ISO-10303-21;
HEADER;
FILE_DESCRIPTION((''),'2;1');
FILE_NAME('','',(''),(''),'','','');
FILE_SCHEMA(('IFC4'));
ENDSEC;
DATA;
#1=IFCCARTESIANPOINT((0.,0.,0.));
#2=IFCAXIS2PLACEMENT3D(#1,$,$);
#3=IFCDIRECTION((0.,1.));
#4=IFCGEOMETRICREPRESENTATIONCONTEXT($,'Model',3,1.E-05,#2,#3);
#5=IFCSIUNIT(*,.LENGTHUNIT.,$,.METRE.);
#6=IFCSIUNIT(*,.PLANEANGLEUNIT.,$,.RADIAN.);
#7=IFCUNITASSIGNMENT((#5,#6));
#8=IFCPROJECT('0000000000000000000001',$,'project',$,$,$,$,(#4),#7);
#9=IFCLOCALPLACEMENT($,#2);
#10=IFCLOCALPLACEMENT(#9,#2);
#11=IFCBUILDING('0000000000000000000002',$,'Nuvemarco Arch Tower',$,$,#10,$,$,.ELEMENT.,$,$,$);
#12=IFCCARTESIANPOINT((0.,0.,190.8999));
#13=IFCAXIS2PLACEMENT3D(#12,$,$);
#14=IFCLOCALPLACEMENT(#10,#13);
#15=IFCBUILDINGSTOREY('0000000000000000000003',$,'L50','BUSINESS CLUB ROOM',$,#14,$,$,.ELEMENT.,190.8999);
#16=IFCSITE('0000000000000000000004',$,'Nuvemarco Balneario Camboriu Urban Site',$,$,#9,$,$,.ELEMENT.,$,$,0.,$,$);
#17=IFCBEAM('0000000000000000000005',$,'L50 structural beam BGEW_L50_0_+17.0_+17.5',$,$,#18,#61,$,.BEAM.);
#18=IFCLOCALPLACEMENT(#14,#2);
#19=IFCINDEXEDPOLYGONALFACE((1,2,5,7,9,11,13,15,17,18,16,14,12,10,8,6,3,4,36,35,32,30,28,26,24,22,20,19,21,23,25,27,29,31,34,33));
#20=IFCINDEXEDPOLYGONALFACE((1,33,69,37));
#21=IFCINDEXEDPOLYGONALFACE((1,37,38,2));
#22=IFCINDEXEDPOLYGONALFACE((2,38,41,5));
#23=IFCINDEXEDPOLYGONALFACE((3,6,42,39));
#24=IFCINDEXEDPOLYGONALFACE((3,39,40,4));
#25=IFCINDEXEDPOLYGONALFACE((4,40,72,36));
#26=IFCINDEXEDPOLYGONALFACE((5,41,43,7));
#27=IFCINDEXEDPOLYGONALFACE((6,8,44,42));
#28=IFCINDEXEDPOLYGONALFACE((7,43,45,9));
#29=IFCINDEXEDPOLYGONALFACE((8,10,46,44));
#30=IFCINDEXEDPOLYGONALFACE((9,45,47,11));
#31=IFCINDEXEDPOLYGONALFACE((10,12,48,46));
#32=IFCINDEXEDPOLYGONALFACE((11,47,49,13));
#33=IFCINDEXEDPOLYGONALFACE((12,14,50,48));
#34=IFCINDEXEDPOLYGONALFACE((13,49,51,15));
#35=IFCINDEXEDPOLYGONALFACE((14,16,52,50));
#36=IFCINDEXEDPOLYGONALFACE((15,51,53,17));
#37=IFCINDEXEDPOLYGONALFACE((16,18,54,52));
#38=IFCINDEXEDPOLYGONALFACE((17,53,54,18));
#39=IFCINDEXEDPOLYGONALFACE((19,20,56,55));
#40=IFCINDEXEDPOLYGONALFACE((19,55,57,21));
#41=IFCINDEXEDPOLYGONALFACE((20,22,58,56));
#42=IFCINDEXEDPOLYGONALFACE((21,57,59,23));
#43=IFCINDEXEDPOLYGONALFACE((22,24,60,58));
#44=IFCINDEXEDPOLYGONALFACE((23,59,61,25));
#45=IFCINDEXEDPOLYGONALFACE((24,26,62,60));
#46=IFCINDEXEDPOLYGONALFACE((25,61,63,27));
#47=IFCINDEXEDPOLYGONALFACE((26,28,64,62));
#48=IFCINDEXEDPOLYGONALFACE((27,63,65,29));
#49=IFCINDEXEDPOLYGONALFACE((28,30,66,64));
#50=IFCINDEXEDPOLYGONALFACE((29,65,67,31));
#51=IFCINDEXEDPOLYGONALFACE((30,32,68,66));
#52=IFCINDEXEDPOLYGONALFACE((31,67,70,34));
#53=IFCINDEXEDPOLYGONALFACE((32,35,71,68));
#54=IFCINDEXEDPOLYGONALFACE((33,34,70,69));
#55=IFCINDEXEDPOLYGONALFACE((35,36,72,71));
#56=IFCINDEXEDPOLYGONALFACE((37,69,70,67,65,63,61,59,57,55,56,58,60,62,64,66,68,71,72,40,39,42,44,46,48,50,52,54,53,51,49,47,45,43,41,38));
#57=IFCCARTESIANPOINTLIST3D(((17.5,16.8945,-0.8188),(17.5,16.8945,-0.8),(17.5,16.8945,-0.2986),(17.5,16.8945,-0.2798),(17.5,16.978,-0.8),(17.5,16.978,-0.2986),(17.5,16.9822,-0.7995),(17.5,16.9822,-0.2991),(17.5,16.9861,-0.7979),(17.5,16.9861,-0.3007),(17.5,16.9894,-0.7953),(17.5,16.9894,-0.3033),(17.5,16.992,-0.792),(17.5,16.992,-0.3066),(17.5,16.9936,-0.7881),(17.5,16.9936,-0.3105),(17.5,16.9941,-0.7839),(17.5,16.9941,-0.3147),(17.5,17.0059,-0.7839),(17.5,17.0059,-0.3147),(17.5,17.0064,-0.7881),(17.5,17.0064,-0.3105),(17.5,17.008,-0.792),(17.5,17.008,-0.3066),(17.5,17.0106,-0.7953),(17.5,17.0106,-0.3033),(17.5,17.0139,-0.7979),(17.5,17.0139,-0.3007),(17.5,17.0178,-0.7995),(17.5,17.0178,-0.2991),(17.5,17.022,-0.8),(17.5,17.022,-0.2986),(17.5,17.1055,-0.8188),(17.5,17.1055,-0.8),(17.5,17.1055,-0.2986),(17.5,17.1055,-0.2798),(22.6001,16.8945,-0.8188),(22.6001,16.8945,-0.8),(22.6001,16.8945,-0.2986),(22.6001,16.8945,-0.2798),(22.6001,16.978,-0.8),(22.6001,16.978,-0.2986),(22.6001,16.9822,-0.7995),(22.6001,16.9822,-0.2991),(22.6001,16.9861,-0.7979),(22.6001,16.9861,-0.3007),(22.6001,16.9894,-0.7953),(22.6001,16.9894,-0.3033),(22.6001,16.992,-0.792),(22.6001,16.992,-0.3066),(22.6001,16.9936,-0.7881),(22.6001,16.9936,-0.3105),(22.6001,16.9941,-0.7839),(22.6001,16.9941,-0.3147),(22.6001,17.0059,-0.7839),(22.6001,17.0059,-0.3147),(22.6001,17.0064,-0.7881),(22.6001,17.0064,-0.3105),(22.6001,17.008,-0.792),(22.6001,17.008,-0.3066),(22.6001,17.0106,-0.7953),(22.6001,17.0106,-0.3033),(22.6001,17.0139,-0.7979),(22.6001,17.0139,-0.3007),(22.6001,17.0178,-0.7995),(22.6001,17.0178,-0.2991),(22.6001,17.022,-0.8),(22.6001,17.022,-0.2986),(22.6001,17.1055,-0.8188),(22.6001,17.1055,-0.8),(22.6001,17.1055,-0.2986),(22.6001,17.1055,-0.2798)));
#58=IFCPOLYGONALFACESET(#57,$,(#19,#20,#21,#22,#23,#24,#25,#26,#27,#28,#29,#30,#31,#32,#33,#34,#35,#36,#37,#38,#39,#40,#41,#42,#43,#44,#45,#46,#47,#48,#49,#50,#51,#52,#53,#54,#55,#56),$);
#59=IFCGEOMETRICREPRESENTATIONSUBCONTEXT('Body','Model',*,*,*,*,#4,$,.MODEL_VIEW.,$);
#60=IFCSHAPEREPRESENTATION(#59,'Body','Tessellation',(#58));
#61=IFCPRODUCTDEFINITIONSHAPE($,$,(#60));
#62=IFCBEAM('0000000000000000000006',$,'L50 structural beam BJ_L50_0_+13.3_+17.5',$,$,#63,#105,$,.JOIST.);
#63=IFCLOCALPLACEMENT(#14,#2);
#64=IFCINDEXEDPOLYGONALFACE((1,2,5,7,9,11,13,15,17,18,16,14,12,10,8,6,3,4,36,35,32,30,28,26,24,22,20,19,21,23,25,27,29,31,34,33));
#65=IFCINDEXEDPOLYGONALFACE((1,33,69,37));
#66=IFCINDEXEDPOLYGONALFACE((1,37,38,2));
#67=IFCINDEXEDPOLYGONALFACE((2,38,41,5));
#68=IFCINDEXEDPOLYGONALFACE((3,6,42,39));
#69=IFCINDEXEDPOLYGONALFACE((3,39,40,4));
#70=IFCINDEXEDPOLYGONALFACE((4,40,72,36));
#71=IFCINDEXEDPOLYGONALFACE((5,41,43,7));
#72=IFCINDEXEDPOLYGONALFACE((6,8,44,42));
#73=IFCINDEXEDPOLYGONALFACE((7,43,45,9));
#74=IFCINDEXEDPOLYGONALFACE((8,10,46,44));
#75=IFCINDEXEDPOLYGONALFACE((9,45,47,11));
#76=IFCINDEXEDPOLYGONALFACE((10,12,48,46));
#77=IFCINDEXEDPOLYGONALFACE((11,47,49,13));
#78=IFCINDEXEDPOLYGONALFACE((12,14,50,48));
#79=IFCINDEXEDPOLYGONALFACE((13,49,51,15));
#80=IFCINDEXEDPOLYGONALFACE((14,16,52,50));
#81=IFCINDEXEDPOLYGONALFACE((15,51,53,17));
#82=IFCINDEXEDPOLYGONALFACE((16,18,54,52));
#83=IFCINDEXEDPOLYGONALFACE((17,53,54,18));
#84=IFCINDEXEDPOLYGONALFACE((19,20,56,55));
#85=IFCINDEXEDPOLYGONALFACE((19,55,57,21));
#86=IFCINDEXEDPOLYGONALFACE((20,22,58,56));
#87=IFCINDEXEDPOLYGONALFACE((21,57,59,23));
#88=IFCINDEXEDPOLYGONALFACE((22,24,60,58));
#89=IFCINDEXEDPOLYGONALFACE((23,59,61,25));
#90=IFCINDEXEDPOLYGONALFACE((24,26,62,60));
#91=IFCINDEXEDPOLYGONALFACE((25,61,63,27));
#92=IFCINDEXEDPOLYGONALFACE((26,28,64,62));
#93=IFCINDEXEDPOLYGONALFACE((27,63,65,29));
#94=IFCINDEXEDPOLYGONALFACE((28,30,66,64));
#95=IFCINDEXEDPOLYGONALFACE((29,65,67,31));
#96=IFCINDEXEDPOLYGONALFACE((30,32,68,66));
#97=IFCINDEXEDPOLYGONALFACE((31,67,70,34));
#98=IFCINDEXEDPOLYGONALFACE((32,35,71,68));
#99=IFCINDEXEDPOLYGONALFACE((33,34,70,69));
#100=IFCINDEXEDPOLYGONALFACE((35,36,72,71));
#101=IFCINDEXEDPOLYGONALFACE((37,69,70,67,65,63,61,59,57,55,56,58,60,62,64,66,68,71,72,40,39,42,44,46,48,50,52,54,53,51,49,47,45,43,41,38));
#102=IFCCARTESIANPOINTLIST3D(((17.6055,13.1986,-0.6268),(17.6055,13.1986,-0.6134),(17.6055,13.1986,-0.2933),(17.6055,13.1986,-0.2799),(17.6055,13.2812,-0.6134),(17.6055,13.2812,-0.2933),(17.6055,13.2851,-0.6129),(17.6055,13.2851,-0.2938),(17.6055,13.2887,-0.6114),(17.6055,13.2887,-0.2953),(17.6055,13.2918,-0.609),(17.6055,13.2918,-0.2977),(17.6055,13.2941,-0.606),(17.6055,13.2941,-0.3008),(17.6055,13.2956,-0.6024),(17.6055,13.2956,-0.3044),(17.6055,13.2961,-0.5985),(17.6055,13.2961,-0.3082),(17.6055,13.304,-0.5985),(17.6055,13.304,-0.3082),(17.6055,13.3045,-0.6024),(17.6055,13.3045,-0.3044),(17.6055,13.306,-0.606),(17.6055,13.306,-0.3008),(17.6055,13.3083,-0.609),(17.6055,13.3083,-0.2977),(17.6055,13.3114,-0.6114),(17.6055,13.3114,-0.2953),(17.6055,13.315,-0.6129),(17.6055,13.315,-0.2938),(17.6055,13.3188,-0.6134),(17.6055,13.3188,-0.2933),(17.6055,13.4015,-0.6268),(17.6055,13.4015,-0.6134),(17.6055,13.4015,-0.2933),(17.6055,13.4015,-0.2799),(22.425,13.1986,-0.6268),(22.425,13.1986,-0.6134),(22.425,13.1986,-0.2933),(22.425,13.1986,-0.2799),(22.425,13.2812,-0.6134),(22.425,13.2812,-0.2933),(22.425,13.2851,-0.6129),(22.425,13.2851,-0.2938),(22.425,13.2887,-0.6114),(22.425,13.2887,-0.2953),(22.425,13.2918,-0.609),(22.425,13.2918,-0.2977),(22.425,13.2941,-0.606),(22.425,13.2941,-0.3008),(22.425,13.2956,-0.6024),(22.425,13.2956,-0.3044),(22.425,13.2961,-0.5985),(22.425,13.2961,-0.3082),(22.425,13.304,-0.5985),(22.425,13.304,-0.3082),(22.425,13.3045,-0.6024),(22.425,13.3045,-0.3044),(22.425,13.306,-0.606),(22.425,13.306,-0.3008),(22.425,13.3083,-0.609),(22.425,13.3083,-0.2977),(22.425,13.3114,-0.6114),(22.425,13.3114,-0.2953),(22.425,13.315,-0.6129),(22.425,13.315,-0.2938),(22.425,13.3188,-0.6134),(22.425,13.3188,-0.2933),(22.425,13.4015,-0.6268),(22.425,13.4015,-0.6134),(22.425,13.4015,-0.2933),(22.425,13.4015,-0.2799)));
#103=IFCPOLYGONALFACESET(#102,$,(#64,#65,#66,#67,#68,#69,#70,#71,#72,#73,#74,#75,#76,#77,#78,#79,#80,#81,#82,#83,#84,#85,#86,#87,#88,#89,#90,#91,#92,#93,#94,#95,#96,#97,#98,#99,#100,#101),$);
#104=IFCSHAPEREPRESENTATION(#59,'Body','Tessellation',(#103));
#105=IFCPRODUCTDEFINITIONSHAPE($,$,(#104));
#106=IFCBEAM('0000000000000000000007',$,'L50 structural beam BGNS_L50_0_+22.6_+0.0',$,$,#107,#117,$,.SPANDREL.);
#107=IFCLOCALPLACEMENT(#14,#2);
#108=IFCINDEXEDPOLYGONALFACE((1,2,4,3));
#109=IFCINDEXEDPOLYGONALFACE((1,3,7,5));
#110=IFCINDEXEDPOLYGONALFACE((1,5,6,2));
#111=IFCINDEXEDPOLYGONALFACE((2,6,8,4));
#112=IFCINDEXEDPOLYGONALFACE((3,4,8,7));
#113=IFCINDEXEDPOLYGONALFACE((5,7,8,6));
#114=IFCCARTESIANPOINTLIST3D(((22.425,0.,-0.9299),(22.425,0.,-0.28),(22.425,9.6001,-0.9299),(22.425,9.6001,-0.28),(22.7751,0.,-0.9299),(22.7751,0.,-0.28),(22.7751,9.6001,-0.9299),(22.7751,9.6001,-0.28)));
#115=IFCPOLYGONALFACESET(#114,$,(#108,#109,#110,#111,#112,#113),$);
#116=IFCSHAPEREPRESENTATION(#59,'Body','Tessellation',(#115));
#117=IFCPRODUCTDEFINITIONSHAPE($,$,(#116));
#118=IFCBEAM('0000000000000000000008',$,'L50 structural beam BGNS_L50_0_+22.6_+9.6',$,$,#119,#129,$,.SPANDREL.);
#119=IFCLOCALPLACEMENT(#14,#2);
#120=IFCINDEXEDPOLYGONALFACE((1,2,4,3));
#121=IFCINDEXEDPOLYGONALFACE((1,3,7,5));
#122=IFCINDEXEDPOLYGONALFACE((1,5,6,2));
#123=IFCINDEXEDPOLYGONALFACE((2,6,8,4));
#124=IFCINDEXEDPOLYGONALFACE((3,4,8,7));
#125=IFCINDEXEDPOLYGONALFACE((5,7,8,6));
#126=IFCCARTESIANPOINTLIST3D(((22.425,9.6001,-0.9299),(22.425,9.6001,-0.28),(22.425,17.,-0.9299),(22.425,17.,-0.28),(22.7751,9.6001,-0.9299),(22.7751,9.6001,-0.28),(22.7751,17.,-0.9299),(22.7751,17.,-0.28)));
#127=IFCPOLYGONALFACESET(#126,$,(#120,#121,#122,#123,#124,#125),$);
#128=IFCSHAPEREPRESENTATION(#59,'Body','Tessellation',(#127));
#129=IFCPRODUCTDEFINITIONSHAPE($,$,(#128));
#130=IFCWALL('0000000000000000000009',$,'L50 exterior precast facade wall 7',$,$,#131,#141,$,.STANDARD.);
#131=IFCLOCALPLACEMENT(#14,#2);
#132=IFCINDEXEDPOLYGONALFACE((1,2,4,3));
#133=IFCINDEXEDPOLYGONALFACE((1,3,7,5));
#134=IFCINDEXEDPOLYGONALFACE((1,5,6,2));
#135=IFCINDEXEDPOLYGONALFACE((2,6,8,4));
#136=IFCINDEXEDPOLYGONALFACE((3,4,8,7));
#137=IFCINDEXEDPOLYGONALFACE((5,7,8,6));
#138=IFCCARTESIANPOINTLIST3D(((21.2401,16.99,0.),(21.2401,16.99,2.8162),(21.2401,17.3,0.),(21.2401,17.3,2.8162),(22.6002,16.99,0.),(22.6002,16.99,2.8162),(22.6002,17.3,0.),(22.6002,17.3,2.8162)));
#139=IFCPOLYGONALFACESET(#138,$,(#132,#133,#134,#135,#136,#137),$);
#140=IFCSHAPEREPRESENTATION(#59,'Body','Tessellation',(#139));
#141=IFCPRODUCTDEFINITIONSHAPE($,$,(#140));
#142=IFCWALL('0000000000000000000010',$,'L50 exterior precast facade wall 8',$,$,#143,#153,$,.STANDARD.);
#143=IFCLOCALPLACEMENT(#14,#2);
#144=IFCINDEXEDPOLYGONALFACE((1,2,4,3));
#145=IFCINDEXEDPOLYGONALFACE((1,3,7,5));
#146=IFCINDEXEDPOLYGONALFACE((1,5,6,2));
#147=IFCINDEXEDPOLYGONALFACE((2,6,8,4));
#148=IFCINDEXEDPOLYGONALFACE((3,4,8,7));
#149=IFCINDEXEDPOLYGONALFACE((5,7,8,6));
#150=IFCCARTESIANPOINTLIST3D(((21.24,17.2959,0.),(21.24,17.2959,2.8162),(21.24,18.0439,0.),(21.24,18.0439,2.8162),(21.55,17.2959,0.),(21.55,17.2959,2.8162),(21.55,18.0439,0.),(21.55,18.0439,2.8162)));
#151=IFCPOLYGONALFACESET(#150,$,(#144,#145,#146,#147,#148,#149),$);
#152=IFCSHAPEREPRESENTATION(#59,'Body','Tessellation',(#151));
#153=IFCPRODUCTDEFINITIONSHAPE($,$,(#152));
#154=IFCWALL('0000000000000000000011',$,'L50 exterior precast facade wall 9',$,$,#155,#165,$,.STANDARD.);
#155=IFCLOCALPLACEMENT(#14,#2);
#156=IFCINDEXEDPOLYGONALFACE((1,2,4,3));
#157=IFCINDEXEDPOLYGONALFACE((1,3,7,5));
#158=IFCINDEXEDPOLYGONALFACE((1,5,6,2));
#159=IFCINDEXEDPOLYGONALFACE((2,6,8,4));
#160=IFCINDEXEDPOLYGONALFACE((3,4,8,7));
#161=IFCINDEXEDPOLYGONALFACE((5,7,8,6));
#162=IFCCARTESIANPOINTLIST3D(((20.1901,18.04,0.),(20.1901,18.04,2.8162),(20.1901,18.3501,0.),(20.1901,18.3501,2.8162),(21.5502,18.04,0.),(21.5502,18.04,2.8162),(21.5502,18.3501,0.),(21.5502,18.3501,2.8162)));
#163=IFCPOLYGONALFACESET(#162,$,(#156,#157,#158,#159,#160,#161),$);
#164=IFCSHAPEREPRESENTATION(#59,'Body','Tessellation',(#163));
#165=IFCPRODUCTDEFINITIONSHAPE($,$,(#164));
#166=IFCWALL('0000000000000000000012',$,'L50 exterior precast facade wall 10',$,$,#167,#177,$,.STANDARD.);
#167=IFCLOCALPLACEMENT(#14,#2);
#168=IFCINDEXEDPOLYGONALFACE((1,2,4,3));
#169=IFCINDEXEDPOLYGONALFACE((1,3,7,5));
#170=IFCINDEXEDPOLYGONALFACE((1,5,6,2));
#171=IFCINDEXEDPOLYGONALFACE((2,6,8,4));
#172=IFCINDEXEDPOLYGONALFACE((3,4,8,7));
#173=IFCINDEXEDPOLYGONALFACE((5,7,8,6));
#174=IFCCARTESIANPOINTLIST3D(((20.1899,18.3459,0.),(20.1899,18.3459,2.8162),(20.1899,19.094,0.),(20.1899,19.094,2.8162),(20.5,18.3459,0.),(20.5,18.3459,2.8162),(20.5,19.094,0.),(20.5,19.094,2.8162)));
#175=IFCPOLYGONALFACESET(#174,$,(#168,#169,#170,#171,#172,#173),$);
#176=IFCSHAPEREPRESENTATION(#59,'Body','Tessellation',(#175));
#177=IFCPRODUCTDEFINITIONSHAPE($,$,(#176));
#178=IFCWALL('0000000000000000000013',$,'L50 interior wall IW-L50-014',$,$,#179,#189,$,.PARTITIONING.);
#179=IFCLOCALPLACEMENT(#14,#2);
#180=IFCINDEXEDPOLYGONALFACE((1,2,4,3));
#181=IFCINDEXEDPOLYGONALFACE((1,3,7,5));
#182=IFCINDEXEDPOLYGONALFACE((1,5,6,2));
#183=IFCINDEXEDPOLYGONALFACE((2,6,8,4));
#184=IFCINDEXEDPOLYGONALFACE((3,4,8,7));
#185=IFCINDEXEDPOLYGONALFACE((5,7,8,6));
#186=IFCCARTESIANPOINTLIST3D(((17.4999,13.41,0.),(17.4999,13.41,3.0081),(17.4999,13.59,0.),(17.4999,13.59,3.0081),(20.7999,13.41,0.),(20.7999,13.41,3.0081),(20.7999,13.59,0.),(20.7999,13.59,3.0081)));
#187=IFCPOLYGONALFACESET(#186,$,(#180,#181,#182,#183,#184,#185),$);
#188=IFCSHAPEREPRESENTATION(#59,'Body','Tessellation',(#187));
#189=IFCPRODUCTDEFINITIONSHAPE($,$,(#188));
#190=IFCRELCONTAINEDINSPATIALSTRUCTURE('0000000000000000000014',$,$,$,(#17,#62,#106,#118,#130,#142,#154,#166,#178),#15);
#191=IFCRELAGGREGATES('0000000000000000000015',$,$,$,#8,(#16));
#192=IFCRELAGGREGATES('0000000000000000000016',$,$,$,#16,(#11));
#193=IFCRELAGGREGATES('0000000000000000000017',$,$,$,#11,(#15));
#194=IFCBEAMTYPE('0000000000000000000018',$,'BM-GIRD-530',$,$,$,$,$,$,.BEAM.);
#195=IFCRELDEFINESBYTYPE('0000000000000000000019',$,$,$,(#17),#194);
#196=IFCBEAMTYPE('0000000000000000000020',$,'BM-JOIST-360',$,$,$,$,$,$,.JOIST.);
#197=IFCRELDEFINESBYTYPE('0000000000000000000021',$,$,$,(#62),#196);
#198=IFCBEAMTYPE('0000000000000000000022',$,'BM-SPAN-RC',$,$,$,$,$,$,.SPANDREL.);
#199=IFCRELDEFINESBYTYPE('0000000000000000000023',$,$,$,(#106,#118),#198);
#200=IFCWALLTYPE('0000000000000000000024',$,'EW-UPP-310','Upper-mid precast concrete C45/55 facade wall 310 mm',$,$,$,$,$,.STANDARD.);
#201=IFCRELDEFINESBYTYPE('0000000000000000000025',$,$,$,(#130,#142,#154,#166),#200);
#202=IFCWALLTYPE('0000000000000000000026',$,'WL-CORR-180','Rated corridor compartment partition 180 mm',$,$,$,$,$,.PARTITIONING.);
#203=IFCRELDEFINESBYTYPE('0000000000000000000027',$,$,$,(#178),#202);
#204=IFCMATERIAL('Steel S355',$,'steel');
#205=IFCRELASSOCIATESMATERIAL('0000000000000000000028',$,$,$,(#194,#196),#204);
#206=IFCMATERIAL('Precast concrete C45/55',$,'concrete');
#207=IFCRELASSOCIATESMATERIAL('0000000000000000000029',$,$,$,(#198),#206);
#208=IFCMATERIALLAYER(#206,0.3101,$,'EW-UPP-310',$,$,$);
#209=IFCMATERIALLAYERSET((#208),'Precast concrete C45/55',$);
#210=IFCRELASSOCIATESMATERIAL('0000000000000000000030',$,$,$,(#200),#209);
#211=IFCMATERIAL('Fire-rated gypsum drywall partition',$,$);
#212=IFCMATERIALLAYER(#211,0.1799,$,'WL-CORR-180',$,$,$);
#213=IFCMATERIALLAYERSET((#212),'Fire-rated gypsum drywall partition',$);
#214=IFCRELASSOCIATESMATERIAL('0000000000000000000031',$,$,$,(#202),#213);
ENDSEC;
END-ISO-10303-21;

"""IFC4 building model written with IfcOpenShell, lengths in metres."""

from ifc_helpers import new_model, si_unit, direction, frame, frame_2d, origin, origin_2d, place, context, subcontext, project, spatial, rectangle, i_section, extrude, material, layer, layer_set, material_profile, profile_set, type_object, element, save


model = new_model("IFC4")

# Units and contexts
model_context = context("Model", 3, precision=1e-05, world=origin(), true_north=direction((0.0, 1.0)))
body_context = subcontext(model_context, "Body", "Model", "MODEL_VIEW")
ifc_project = project(units=[si_unit("LENGTHUNIT", "METRE"), si_unit("PLANEANGLEUNIT", "RADIAN")], contexts=[model_context])

# Site, building, storey
site_placement = place(None, origin())
site = spatial("IfcSite", under=ifc_project, at=site_placement, Name="Nuvemarco Balneario Camboriu Urban Site", CompositionType="ELEMENT", RefElevation=0.0)
building_placement = place(site_placement, origin())
building = spatial("IfcBuilding", under=site, at=building_placement, Name="Nuvemarco Arch Tower", CompositionType="ELEMENT")
storey_placement = place(building_placement, frame((0.0, 0.0, 190.8999)))
storey = spatial("IfcBuildingStorey", under=building, at=storey_placement, Name="L50", Description="BUSINESS CLUB ROOM", CompositionType="ELEMENT", Elevation=190.8999)

# Shared definitions
ifc_material_1 = material(Name="Steel S355", Category="steel")

# Beams
ifc_material_profile_1 = material_profile(ifc_material_1, i_section(OverallWidth=0.2109, OverallDepth=0.5391, WebThickness=0.0117, FlangeThickness=0.0188, FilletRadius=0.0161, at=origin_2d()), Name="W530x109")
ifc_profile_set_1 = profile_set([ifc_material_profile_1], Name="Steel S355")
beam_type_1 = type_object("IfcBeamType", Name="BM-GIRD-530", PredefinedType="BEAM", material=ifc_profile_set_1)
for number, where, z_axis, x_axis, name in (
    (1, (17.5, 17.0, -0.5493), (1.0, 0.0, 0.0), (0.0, 1.0, 0.0), "L50 structural beam BGEW_L50_0_+17.0_+17.5"),
):
    element("IfcBeam", number, at=place(storey_placement, frame(where, z_axis=z_axis, x_axis=x_axis)), inside=storey, type_object=beam_type_1, Name=name, PredefinedType="BEAM", context=body_context, shape_type="SweptSolid", body=[
        extrude(i_section(OverallWidth=0.2109, OverallDepth=0.5391, WebThickness=0.0117, FlangeThickness=0.0188, FilletRadius=0.0161, at=origin_2d()), origin(), (0.0, 0.0, 1.0), 5.1001),
    ])
ifc_material_profile_2 = material_profile(ifc_material_1, i_section(OverallWidth=0.2029, OverallDepth=0.3469, WebThickness=0.0078, FlangeThickness=0.0134, FilletRadius=0.0149, at=origin_2d()), Name="W360x64")
ifc_profile_set_2 = profile_set([ifc_material_profile_2], Name="Steel S355")
beam_type_2 = type_object("IfcBeamType", Name="BM-JOIST-360", PredefinedType="JOIST", material=ifc_profile_set_2)
beam_1_placement = place(storey_placement, frame((17.6055, 13.3, -0.4534), z_axis=(1.0, 0.0, 0.0), x_axis=(0.0, 1.0, 0.0)))
element("IfcBeam", 2, at=beam_1_placement, inside=storey, type_object=beam_type_2, Name="L50 structural beam BJ_L50_0_+13.3_+17.5", PredefinedType="JOIST", context=body_context, shape_type="SweptSolid", body=[
    extrude(i_section(OverallWidth=0.2029, OverallDepth=0.3469, WebThickness=0.0078, FlangeThickness=0.0134, FilletRadius=0.0149, at=origin_2d()), origin(), (0.0, 0.0, 1.0), 4.8196),
])
ifc_material_2 = material(Name="Precast concrete C45/55", Category="concrete")
ifc_material_profile_3 = material_profile(ifc_material_2, rectangle(XDim=0.3501, YDim=0.6499, at=origin_2d()), Name="PC-SP-350x650")
ifc_profile_set_3 = profile_set([ifc_material_profile_3], Name="Precast concrete C45/55")
beam_type_3 = type_object("IfcBeamType", Name="BM-SPAN-RC", PredefinedType="SPANDREL", material=ifc_profile_set_3)
beam_2_placement = place(storey_placement, frame((22.6001, 0.0, -0.605), z_axis=(0.0, 1.0, 0.0), x_axis=(-1.0, 0.0, 0.0)))
element("IfcBeam", 3, at=beam_2_placement, inside=storey, type_object=beam_type_3, Name="L50 structural beam BGNS_L50_0_+22.6_+0.0", PredefinedType="SPANDREL", context=body_context, shape_type="SweptSolid", body=[
    extrude(rectangle(XDim=0.3501, YDim=0.6499, at=origin_2d()), origin(), (0.0, 0.0, 1.0), 9.6001),
])
beam_3_placement = place(storey_placement, frame((22.6001, 9.6001, -0.605), z_axis=(0.0, 1.0, 0.0), x_axis=(-1.0, 0.0, 0.0)))
element("IfcBeam", 4, at=beam_3_placement, inside=storey, type_object=beam_type_3, Name="L50 structural beam BGNS_L50_0_+22.6_+9.6", PredefinedType="SPANDREL", context=body_context, shape_type="SweptSolid", body=[
    extrude(rectangle(XDim=0.3501, YDim=0.6499, at=origin_2d()), origin(), (0.0, 0.0, 1.0), 7.3999),
])

# Walls
ifc_layer_1 = layer(ifc_material_2, 0.3101, Name="EW-UPP-310")
ifc_layer_set_1 = layer_set([ifc_layer_1], Name="Precast concrete C45/55")
wall_type_1 = type_object("IfcWallType", Name="EW-UPP-310", Description="Upper-mid precast concrete C45/55 facade wall 310 mm", PredefinedType="STANDARD", material=ifc_layer_set_1)
wall_1_placement = place(storey_placement, frame((21.24, 17.145, 0.0), z_axis=(0.0, 0.0, 1.0), x_axis=(1.0, 0.0, 0.0)))
element("IfcWall", 5, at=wall_1_placement, inside=storey, type_object=wall_type_1, Name="L50 exterior precast facade wall 7", PredefinedType="STANDARD", context=body_context, shape_type="SweptSolid", body=[
    extrude(rectangle(XDim=1.3601, YDim=0.3101, at=frame_2d((0.6802, 0.0))), origin(), (0.0, 0.0, 1.0), 2.8162),
])
wall_2_placement = place(storey_placement, frame((21.395, 17.2959, 0.0), z_axis=(0.0, 0.0, 1.0), x_axis=(0.0, 1.0, 0.0)))
element("IfcWall", 6, at=wall_2_placement, inside=storey, type_object=wall_type_1, Name="L50 exterior precast facade wall 8", PredefinedType="STANDARD", context=body_context, shape_type="SweptSolid", body=[
    extrude(rectangle(XDim=0.748, YDim=0.3101, at=frame_2d((0.374, 0.0))), origin(), (0.0, 0.0, 1.0), 2.8162),
])
wall_3_placement = place(storey_placement, frame((20.1899, 18.1951, 0.0), z_axis=(0.0, 0.0, 1.0), x_axis=(1.0, 0.0, 0.0)))
element("IfcWall", 7, at=wall_3_placement, inside=storey, type_object=wall_type_1, Name="L50 exterior precast facade wall 9", PredefinedType="STANDARD", context=body_context, shape_type="SweptSolid", body=[
    extrude(rectangle(XDim=1.3601, YDim=0.3101, at=frame_2d((0.6802, 0.0))), origin(), (0.0, 0.0, 1.0), 2.8162),
])
wall_4_placement = place(storey_placement, frame((20.345, 18.3459, 0.0), z_axis=(0.0, 0.0, 1.0), x_axis=(0.0, 1.0, 0.0)))
element("IfcWall", 8, at=wall_4_placement, inside=storey, type_object=wall_type_1, Name="L50 exterior precast facade wall 10", PredefinedType="STANDARD", context=body_context, shape_type="SweptSolid", body=[
    extrude(rectangle(XDim=0.748, YDim=0.3101, at=frame_2d((0.374, 0.0))), origin(), (0.0, 0.0, 1.0), 2.8162),
])
ifc_material_3 = material(Name="Fire-rated gypsum drywall partition")
ifc_layer_2 = layer(ifc_material_3, 0.1799, Name="WL-CORR-180")
ifc_layer_set_2 = layer_set([ifc_layer_2], Name="Fire-rated gypsum drywall partition")
wall_type_2 = type_object("IfcWallType", Name="WL-CORR-180", Description="Rated corridor compartment partition 180 mm", PredefinedType="PARTITIONING", material=ifc_layer_set_2)
wall_5_placement = place(storey_placement, frame((17.5, 13.5, 0.0), z_axis=(0.0, 0.0, 1.0), x_axis=(1.0, 0.0, 0.0)))
element("IfcWall", 9, at=wall_5_placement, inside=storey, type_object=wall_type_2, Name="L50 interior wall IW-L50-014", PredefinedType="PARTITIONING", context=body_context, shape_type="SweptSolid", body=[
    extrude(rectangle(XDim=3.3, YDim=0.1799, at=frame_2d((1.6499, 0.0))), origin(), (0.0, 0.0, 1.0), 3.0081),
])

save(model, "model.ifc")
